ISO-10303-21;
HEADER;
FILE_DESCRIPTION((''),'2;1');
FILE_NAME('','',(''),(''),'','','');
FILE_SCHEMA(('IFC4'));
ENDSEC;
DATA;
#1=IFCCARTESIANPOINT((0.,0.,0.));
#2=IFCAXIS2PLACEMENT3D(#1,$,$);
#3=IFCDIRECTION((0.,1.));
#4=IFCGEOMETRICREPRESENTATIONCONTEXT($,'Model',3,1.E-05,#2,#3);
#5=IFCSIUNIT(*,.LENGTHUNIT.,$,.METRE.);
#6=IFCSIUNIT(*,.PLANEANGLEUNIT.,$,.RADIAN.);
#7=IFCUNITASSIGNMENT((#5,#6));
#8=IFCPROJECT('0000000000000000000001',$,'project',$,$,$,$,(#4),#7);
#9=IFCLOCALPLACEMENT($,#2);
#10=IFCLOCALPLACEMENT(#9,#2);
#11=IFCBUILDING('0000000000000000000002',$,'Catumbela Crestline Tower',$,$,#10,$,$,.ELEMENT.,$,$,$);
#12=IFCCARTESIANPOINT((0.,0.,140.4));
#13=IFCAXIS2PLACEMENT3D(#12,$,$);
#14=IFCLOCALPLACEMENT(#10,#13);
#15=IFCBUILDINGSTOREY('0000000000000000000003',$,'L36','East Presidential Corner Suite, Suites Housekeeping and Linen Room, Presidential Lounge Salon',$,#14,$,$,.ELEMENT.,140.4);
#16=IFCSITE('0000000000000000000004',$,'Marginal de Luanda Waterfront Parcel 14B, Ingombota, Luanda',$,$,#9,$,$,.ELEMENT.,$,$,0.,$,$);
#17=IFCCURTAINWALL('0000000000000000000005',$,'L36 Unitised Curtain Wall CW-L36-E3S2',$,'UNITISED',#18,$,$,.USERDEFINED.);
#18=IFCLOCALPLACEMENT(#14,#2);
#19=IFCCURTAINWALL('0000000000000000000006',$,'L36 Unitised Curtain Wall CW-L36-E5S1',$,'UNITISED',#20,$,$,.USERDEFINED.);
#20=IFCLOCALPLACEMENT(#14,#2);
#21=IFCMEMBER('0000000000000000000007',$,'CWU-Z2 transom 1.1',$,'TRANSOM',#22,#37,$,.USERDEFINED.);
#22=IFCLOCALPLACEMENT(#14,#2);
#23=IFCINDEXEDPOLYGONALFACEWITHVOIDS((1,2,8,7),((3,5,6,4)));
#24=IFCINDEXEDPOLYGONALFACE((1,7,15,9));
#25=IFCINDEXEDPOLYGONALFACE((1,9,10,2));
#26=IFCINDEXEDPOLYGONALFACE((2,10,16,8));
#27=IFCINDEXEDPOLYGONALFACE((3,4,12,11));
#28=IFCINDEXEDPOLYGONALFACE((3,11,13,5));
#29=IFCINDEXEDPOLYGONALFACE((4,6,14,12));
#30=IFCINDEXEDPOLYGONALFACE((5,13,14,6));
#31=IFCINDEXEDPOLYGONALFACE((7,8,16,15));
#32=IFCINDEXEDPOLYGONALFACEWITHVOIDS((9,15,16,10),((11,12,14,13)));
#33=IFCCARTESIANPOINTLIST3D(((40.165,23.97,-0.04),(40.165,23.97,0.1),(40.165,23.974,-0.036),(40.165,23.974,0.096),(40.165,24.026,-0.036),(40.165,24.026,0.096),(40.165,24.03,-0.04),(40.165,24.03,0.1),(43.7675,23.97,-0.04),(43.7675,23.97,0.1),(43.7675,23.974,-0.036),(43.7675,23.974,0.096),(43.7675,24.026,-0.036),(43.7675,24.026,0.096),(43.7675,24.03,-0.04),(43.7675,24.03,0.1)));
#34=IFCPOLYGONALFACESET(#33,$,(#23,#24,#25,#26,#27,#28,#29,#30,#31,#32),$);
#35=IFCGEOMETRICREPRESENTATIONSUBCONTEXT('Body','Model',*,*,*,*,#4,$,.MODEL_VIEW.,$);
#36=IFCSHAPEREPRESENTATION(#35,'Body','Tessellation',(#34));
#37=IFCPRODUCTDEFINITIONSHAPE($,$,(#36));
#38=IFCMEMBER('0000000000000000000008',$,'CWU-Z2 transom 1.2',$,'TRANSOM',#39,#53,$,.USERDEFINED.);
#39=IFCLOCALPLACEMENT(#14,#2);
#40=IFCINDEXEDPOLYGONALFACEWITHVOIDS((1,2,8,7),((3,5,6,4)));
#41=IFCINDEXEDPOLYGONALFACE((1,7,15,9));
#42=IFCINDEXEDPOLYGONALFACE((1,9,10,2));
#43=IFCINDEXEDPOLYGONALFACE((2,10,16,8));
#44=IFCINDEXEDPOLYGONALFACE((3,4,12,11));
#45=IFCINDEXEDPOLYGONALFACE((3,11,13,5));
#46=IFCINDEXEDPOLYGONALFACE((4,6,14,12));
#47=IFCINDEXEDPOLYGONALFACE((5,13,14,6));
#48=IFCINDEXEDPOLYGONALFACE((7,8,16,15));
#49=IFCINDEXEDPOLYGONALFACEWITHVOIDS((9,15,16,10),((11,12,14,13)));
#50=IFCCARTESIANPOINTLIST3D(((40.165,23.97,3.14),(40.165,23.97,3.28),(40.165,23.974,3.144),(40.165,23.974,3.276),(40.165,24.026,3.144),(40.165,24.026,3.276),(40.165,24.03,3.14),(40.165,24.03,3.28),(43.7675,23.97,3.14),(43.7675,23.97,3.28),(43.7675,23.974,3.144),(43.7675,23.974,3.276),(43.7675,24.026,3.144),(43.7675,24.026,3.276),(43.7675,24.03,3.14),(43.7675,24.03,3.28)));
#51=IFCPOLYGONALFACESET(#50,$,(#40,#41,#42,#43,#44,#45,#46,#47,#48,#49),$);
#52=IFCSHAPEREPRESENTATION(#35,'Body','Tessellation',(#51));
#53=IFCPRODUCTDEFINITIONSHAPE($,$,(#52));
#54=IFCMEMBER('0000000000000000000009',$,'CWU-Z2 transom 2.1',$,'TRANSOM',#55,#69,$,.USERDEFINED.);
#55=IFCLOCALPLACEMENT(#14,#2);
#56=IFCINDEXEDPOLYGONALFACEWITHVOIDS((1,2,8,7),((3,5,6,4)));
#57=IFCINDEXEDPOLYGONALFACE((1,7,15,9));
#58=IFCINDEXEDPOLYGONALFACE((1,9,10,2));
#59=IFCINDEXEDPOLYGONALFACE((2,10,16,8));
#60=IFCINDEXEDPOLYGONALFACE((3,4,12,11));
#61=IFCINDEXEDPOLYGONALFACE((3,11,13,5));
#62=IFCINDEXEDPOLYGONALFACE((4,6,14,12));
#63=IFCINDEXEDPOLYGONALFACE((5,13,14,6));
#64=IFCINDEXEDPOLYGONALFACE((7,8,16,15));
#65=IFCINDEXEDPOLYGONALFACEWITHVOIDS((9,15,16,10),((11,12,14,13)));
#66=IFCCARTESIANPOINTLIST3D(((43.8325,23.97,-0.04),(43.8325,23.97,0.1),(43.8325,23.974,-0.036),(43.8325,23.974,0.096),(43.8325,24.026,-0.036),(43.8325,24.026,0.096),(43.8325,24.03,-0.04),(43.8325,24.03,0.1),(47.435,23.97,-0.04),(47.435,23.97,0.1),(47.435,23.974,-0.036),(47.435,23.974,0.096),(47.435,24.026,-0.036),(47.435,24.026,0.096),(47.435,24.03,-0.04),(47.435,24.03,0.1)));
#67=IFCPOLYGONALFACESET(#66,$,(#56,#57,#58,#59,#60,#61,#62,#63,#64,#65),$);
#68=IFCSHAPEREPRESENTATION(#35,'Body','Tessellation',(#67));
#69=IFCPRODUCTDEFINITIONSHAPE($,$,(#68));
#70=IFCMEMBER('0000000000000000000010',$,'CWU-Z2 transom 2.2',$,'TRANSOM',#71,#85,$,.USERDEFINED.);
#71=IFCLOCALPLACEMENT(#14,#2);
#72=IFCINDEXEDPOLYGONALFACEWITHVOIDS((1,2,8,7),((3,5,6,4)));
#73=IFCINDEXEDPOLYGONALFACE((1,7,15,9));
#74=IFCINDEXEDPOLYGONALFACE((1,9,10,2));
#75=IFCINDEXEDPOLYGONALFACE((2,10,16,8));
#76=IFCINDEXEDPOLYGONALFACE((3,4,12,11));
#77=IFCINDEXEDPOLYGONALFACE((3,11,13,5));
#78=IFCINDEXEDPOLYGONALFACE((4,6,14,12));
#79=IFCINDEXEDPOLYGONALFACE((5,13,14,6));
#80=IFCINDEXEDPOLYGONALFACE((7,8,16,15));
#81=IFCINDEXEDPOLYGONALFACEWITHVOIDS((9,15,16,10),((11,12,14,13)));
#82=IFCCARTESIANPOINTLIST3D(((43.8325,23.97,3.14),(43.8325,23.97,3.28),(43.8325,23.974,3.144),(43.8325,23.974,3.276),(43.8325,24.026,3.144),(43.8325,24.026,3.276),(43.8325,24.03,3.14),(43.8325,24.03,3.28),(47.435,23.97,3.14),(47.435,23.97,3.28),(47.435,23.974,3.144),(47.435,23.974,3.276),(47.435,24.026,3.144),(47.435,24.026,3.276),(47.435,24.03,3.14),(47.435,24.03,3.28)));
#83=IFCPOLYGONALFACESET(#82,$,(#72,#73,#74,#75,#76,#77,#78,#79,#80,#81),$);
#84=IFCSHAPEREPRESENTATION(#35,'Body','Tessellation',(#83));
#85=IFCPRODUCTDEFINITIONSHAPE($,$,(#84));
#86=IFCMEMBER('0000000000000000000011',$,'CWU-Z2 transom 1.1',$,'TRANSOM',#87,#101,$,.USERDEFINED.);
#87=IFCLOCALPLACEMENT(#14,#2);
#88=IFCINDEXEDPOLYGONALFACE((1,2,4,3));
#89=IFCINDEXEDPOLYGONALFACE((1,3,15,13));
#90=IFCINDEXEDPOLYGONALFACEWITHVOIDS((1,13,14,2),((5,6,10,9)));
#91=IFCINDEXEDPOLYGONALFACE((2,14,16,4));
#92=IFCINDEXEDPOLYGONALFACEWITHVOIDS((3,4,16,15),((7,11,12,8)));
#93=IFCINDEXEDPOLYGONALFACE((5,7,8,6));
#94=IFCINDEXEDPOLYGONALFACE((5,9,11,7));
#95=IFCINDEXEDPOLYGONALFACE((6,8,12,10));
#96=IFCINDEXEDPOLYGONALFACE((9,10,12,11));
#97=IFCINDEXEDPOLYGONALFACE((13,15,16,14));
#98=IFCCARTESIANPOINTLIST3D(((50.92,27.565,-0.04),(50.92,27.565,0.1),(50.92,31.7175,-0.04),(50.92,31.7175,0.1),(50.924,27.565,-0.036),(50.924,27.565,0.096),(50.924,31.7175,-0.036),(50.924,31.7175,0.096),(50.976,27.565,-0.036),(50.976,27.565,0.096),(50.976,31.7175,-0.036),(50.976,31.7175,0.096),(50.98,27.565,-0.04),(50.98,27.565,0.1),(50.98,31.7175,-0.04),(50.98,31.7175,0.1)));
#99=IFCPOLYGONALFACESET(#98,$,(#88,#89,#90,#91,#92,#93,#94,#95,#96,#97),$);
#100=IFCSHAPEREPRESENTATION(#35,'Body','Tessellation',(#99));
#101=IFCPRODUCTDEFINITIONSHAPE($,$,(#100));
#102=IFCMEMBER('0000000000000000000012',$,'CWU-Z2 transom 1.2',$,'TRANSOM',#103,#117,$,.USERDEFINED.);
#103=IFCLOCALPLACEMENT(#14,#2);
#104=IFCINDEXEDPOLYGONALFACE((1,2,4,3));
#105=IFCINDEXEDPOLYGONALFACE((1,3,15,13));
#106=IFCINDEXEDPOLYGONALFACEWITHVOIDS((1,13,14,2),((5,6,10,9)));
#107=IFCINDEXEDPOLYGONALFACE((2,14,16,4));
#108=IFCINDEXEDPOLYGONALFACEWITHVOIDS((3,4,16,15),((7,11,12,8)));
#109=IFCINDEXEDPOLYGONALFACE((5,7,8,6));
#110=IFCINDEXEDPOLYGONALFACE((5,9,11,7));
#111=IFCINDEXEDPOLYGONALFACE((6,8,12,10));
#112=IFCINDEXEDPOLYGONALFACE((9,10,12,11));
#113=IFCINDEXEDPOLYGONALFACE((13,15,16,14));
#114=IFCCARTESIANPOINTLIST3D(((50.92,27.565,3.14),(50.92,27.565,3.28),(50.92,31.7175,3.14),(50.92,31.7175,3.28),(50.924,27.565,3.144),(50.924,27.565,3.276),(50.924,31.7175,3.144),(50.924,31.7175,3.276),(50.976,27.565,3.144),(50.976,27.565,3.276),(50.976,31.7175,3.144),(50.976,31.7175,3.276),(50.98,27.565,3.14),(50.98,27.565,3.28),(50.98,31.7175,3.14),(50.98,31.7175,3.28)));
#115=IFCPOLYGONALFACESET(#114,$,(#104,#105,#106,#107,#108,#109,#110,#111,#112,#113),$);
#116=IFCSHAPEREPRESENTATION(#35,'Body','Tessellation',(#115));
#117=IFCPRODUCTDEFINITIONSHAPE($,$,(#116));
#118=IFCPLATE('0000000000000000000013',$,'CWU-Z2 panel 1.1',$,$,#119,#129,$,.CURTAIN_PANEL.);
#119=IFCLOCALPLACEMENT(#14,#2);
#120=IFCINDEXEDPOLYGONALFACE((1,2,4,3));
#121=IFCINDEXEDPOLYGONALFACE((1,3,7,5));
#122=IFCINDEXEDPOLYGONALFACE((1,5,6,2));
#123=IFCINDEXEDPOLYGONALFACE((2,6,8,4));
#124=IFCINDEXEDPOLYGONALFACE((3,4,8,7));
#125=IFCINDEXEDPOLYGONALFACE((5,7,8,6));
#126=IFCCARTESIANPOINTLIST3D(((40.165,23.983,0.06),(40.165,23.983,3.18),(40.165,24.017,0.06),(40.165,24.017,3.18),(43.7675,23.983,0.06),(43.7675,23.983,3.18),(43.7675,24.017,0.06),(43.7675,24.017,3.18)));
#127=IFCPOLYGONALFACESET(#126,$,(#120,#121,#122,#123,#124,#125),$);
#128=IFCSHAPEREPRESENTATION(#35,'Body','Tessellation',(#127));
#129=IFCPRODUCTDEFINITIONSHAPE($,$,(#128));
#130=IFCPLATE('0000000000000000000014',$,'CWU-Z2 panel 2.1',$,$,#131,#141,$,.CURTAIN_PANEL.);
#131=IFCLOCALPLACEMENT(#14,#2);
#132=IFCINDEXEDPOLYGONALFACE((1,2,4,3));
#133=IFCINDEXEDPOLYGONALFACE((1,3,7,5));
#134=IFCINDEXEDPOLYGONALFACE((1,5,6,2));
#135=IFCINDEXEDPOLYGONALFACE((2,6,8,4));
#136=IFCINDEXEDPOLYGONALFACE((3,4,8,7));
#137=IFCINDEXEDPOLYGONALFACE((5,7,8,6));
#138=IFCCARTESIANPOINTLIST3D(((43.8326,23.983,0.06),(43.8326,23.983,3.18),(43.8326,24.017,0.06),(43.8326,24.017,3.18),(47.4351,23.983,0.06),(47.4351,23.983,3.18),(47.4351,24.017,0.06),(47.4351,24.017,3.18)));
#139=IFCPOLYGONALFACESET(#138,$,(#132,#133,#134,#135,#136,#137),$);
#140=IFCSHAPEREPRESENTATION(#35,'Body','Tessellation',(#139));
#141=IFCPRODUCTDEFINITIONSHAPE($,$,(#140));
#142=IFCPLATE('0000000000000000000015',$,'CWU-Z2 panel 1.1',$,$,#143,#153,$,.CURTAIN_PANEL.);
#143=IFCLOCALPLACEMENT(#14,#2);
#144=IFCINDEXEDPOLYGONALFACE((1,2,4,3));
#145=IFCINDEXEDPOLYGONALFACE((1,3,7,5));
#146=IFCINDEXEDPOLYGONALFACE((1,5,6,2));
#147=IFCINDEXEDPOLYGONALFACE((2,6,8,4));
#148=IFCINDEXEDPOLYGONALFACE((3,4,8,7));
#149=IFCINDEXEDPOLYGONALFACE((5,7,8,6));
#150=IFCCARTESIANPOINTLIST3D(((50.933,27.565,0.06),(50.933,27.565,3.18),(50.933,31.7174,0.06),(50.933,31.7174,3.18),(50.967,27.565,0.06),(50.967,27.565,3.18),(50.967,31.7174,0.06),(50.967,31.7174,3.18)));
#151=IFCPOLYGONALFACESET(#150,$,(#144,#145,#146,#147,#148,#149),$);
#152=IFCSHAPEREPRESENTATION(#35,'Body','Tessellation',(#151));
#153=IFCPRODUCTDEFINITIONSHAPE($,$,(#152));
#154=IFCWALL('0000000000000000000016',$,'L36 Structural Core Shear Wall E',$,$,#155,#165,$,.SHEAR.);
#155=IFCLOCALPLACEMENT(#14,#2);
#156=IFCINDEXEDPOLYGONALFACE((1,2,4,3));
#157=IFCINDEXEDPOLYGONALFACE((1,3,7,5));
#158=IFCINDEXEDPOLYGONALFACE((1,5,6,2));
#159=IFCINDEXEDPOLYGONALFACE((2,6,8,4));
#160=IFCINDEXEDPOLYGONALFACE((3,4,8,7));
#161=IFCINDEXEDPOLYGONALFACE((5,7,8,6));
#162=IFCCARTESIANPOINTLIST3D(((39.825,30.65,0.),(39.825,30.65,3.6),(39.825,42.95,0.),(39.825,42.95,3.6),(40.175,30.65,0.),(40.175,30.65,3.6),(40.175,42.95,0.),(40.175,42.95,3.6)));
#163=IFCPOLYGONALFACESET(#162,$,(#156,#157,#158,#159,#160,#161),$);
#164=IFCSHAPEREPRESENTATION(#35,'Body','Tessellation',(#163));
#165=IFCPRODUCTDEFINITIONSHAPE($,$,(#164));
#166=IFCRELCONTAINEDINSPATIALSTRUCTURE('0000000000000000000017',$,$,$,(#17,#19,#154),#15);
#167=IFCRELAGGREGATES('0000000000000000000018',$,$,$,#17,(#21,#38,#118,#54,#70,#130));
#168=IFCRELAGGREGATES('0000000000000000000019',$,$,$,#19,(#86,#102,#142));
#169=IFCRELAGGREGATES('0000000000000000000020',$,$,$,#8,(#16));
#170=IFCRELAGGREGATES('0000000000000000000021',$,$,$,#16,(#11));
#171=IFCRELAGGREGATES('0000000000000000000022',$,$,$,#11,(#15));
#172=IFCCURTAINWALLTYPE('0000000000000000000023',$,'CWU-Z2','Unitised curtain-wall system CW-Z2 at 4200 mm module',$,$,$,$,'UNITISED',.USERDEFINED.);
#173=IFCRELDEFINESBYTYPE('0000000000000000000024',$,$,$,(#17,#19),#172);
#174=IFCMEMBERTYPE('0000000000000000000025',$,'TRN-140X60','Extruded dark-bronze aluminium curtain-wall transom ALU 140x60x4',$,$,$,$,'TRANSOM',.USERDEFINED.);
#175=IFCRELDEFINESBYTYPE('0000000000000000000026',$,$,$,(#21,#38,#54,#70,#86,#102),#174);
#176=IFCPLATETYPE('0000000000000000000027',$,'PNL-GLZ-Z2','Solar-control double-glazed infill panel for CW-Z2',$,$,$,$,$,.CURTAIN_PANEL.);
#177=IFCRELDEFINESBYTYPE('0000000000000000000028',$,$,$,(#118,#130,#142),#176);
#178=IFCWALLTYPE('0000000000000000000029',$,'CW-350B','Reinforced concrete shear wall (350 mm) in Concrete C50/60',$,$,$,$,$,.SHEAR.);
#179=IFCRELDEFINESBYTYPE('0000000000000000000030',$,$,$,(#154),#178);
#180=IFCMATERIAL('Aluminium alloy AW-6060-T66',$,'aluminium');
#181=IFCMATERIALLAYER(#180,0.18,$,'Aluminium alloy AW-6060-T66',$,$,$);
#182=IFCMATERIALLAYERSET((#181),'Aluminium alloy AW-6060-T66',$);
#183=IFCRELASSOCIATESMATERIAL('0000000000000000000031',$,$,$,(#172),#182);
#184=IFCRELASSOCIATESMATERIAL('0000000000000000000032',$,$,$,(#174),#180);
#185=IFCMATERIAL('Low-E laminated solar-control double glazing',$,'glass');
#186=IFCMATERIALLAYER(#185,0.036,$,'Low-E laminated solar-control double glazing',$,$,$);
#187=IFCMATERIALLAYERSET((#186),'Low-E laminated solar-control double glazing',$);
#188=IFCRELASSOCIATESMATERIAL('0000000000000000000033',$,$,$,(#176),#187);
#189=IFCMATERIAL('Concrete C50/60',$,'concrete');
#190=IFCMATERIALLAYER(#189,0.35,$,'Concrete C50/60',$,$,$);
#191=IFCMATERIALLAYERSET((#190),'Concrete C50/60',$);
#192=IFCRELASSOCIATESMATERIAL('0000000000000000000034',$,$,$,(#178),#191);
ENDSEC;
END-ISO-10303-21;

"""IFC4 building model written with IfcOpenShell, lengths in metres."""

from ifc_helpers import new_model, si_unit, direction, frame, frame_2d, origin, origin_2d, place, context, subcontext, project, spatial, rectangle, hollow_rectangle, extrude, material, layer, layer_set, material_profile, profile_set, type_object, element, aggregate, save


model = new_model("IFC4")

# Units and contexts
model_context = context("Model", 3, precision=1e-05, world=origin(), true_north=direction((0.0, 1.0)))
body_context = subcontext(model_context, "Body", "Model", "MODEL_VIEW")
ifc_project = project(units=[si_unit("LENGTHUNIT", "METRE"), si_unit("PLANEANGLEUNIT", "RADIAN")], contexts=[model_context])

# Site, building, storey
site_placement = place(None, origin())
site = spatial("IfcSite", under=ifc_project, at=site_placement, Name="Marginal de Luanda Waterfront Parcel 14B, Ingombota, Luanda", CompositionType="ELEMENT", RefElevation=0.0)
building_placement = place(site_placement, origin())
building = spatial("IfcBuilding", under=site, at=building_placement, Name="Catumbela Crestline Tower", CompositionType="ELEMENT")
storey_placement = place(building_placement, frame((0.0, 0.0, 140.4)))
storey = spatial("IfcBuildingStorey", under=building, at=storey_placement, Name="L36", Description="East Presidential Corner Suite, Suites Housekeeping and Linen Room, Presidential Lounge Salon", CompositionType="ELEMENT", Elevation=140.4)

# Shared definitions
ifc_material_1 = material(Name="Concrete C50/60", Category="concrete")

# Shared definitions
ifc_material_2 = material(Name="Aluminium alloy AW-6060-T66", Category="aluminium")
ifc_layer_1 = layer(ifc_material_2, 0.18, Name="Aluminium alloy AW-6060-T66")
ifc_layer_set_1 = layer_set([ifc_layer_1], Name="Aluminium alloy AW-6060-T66")
curtain_wall_type = type_object("IfcCurtainWallType", Name="CWU-Z2", Description="Unitised curtain-wall system CW-Z2 at 4200 mm module", ElementType="UNITISED", PredefinedType="USERDEFINED", material=ifc_layer_set_1)

# Curtain wall
curtain_wall_1_placement = place(storey_placement, origin())
curtain_wall_1 = element("IfcCurtainWall", 1, at=curtain_wall_1_placement, inside=storey, type_object=curtain_wall_type, Name="L36 Unitised Curtain Wall CW-L36-E3S2", ObjectType="UNITISED", PredefinedType="USERDEFINED")

# Curtain wall
curtain_wall_2_placement = place(storey_placement, origin())
curtain_wall_2 = element("IfcCurtainWall", 2, at=curtain_wall_2_placement, inside=storey, type_object=curtain_wall_type, Name="L36 Unitised Curtain Wall CW-L36-E5S1", ObjectType="UNITISED", PredefinedType="USERDEFINED")

# Members
ifc_material_profile_1 = material_profile(ifc_material_2, hollow_rectangle(XDim=0.06, YDim=0.14, WallThickness=0.004, at=origin_2d()), Name="ALU 140x60x4")
ifc_profile_set_1 = profile_set([ifc_material_profile_1], Name="Aluminium alloy AW-6060-T66")
member_type_1 = type_object("IfcMemberType", Name="TRN-140X60", Description="Extruded dark-bronze aluminium curtain-wall transom ALU 140x60x4", ElementType="TRANSOM", PredefinedType="USERDEFINED", material=ifc_profile_set_1)
member_1_placement = place(storey_placement, frame((40.165, 24.0, 0.03), z_axis=(1.0, 0.0, 0.0), x_axis=(0.0, 1.0, 0.0)))
member_1 = element("IfcMember", 3, at=member_1_placement, type_object=member_type_1, Name="CWU-Z2 transom 1.1", ObjectType="TRANSOM", PredefinedType="USERDEFINED", context=body_context, shape_type="SweptSolid", body=[
    extrude(hollow_rectangle(XDim=0.06, YDim=0.14, WallThickness=0.004, at=origin_2d()), origin(), (0.0, 0.0, 1.0), 3.6025),
])
member_2_placement = place(storey_placement, frame((40.165, 24.0, 3.21), z_axis=(1.0, 0.0, 0.0), x_axis=(0.0, 1.0, 0.0)))
member_2 = element("IfcMember", 4, at=member_2_placement, type_object=member_type_1, Name="CWU-Z2 transom 1.2", ObjectType="TRANSOM", PredefinedType="USERDEFINED", context=body_context, shape_type="SweptSolid", body=[
    extrude(hollow_rectangle(XDim=0.06, YDim=0.14, WallThickness=0.004, at=origin_2d()), origin(), (0.0, 0.0, 1.0), 3.6025),
])
member_3_placement = place(storey_placement, frame((43.8325, 24.0, 0.03), z_axis=(1.0, 0.0, 0.0), x_axis=(0.0, 1.0, 0.0)))
member_3 = element("IfcMember", 5, at=member_3_placement, type_object=member_type_1, Name="CWU-Z2 transom 2.1", ObjectType="TRANSOM", PredefinedType="USERDEFINED", context=body_context, shape_type="SweptSolid", body=[
    extrude(hollow_rectangle(XDim=0.06, YDim=0.14, WallThickness=0.004, at=origin_2d()), origin(), (0.0, 0.0, 1.0), 3.6025),
])
member_4_placement = place(storey_placement, frame((43.8325, 24.0, 3.21), z_axis=(1.0, 0.0, 0.0), x_axis=(0.0, 1.0, 0.0)))
member_4 = element("IfcMember", 6, at=member_4_placement, type_object=member_type_1, Name="CWU-Z2 transom 2.2", ObjectType="TRANSOM", PredefinedType="USERDEFINED", context=body_context, shape_type="SweptSolid", body=[
    extrude(hollow_rectangle(XDim=0.06, YDim=0.14, WallThickness=0.004, at=origin_2d()), origin(), (0.0, 0.0, 1.0), 3.6025),
])
member_5_placement = place(storey_placement, frame((50.95, 27.565, 0.03), z_axis=(0.0, 1.0, 0.0), x_axis=(-1.0, 0.0, 0.0)))
member_5 = element("IfcMember", 7, at=member_5_placement, type_object=member_type_1, Name="CWU-Z2 transom 1.1", ObjectType="TRANSOM", PredefinedType="USERDEFINED", context=body_context, shape_type="SweptSolid", body=[
    extrude(hollow_rectangle(XDim=0.06, YDim=0.14, WallThickness=0.004, at=origin_2d()), origin(), (0.0, 0.0, 1.0), 4.1525),
])
member_6_placement = place(storey_placement, frame((50.95, 27.565, 3.21), z_axis=(0.0, 1.0, 0.0), x_axis=(-1.0, 0.0, 0.0)))
member_6 = element("IfcMember", 8, at=member_6_placement, type_object=member_type_1, Name="CWU-Z2 transom 1.2", ObjectType="TRANSOM", PredefinedType="USERDEFINED", context=body_context, shape_type="SweptSolid", body=[
    extrude(hollow_rectangle(XDim=0.06, YDim=0.14, WallThickness=0.004, at=origin_2d()), origin(), (0.0, 0.0, 1.0), 4.1525),
])

# Plates
ifc_material_3 = material(Name="Low-E laminated solar-control double glazing", Category="glass")
ifc_layer_2 = layer(ifc_material_3, 0.036, Name="Low-E laminated solar-control double glazing")
ifc_layer_set_2 = layer_set([ifc_layer_2], Name="Low-E laminated solar-control double glazing")
plate_type = type_object("IfcPlateType", Name="PNL-GLZ-Z2", Description="Solar-control double-glazed infill panel for CW-Z2", PredefinedType="CURTAIN_PANEL", material=ifc_layer_set_2)
plate_1_placement = place(storey_placement, frame((41.9662, 24.0, 0.06), z_axis=(0.0, 0.0, 1.0), x_axis=(1.0, 0.0, 0.0)))
plate_1 = element("IfcPlate", 9, at=plate_1_placement, type_object=plate_type, Name="CWU-Z2 panel 1.1", PredefinedType="CURTAIN_PANEL", context=body_context, shape_type="SweptSolid", body=[
    extrude(rectangle(XDim=3.6025, YDim=0.034, at=origin_2d()), origin(), (0.0, 0.0, 1.0), 3.12),
])
plate_2_placement = place(storey_placement, frame((45.6338, 24.0, 0.06), z_axis=(0.0, 0.0, 1.0), x_axis=(1.0, 0.0, 0.0)))
plate_2 = element("IfcPlate", 10, at=plate_2_placement, type_object=plate_type, Name="CWU-Z2 panel 2.1", PredefinedType="CURTAIN_PANEL", context=body_context, shape_type="SweptSolid", body=[
    extrude(rectangle(XDim=3.6025, YDim=0.034, at=origin_2d()), origin(), (0.0, 0.0, 1.0), 3.12),
])
aggregate(curtain_wall_1, [member_1, member_2, plate_1, member_3, member_4, plate_2])
plate_3_placement = place(storey_placement, frame((50.95, 29.6412, 0.06), z_axis=(0.0, 0.0, 1.0), x_axis=(0.0, 1.0, 0.0)))
plate_3 = element("IfcPlate", 11, at=plate_3_placement, type_object=plate_type, Name="CWU-Z2 panel 1.1", PredefinedType="CURTAIN_PANEL", context=body_context, shape_type="SweptSolid", body=[
    extrude(rectangle(XDim=4.1525, YDim=0.034, at=origin_2d()), origin(), (0.0, 0.0, 1.0), 3.12),
])
aggregate(curtain_wall_2, [member_5, member_6, plate_3])

# Wall
ifc_layer_3 = layer(ifc_material_1, 0.35, Name="Concrete C50/60")
ifc_layer_set_3 = layer_set([ifc_layer_3], Name="Concrete C50/60")
wall_type_1 = type_object("IfcWallType", Name="CW-350B", Description="Reinforced concrete shear wall (350 mm) in Concrete C50/60", PredefinedType="SHEAR", material=ifc_layer_set_3)
wall_1_placement = place(storey_placement, frame((40.0, 30.65, 0.0), z_axis=(0.0, 0.0, 1.0), x_axis=(0.0, 1.0, 0.0)))
element("IfcWall", 12, at=wall_1_placement, inside=storey, type_object=wall_type_1, Name="L36 Structural Core Shear Wall E", PredefinedType="SHEAR", context=body_context, shape_type="SweptSolid", body=[
    extrude(rectangle(XDim=12.3, YDim=0.35, at=frame_2d((6.15, 0.0))), origin(), (0.0, 0.0, 1.0), 3.6),
])

save(model, "model.ifc")
